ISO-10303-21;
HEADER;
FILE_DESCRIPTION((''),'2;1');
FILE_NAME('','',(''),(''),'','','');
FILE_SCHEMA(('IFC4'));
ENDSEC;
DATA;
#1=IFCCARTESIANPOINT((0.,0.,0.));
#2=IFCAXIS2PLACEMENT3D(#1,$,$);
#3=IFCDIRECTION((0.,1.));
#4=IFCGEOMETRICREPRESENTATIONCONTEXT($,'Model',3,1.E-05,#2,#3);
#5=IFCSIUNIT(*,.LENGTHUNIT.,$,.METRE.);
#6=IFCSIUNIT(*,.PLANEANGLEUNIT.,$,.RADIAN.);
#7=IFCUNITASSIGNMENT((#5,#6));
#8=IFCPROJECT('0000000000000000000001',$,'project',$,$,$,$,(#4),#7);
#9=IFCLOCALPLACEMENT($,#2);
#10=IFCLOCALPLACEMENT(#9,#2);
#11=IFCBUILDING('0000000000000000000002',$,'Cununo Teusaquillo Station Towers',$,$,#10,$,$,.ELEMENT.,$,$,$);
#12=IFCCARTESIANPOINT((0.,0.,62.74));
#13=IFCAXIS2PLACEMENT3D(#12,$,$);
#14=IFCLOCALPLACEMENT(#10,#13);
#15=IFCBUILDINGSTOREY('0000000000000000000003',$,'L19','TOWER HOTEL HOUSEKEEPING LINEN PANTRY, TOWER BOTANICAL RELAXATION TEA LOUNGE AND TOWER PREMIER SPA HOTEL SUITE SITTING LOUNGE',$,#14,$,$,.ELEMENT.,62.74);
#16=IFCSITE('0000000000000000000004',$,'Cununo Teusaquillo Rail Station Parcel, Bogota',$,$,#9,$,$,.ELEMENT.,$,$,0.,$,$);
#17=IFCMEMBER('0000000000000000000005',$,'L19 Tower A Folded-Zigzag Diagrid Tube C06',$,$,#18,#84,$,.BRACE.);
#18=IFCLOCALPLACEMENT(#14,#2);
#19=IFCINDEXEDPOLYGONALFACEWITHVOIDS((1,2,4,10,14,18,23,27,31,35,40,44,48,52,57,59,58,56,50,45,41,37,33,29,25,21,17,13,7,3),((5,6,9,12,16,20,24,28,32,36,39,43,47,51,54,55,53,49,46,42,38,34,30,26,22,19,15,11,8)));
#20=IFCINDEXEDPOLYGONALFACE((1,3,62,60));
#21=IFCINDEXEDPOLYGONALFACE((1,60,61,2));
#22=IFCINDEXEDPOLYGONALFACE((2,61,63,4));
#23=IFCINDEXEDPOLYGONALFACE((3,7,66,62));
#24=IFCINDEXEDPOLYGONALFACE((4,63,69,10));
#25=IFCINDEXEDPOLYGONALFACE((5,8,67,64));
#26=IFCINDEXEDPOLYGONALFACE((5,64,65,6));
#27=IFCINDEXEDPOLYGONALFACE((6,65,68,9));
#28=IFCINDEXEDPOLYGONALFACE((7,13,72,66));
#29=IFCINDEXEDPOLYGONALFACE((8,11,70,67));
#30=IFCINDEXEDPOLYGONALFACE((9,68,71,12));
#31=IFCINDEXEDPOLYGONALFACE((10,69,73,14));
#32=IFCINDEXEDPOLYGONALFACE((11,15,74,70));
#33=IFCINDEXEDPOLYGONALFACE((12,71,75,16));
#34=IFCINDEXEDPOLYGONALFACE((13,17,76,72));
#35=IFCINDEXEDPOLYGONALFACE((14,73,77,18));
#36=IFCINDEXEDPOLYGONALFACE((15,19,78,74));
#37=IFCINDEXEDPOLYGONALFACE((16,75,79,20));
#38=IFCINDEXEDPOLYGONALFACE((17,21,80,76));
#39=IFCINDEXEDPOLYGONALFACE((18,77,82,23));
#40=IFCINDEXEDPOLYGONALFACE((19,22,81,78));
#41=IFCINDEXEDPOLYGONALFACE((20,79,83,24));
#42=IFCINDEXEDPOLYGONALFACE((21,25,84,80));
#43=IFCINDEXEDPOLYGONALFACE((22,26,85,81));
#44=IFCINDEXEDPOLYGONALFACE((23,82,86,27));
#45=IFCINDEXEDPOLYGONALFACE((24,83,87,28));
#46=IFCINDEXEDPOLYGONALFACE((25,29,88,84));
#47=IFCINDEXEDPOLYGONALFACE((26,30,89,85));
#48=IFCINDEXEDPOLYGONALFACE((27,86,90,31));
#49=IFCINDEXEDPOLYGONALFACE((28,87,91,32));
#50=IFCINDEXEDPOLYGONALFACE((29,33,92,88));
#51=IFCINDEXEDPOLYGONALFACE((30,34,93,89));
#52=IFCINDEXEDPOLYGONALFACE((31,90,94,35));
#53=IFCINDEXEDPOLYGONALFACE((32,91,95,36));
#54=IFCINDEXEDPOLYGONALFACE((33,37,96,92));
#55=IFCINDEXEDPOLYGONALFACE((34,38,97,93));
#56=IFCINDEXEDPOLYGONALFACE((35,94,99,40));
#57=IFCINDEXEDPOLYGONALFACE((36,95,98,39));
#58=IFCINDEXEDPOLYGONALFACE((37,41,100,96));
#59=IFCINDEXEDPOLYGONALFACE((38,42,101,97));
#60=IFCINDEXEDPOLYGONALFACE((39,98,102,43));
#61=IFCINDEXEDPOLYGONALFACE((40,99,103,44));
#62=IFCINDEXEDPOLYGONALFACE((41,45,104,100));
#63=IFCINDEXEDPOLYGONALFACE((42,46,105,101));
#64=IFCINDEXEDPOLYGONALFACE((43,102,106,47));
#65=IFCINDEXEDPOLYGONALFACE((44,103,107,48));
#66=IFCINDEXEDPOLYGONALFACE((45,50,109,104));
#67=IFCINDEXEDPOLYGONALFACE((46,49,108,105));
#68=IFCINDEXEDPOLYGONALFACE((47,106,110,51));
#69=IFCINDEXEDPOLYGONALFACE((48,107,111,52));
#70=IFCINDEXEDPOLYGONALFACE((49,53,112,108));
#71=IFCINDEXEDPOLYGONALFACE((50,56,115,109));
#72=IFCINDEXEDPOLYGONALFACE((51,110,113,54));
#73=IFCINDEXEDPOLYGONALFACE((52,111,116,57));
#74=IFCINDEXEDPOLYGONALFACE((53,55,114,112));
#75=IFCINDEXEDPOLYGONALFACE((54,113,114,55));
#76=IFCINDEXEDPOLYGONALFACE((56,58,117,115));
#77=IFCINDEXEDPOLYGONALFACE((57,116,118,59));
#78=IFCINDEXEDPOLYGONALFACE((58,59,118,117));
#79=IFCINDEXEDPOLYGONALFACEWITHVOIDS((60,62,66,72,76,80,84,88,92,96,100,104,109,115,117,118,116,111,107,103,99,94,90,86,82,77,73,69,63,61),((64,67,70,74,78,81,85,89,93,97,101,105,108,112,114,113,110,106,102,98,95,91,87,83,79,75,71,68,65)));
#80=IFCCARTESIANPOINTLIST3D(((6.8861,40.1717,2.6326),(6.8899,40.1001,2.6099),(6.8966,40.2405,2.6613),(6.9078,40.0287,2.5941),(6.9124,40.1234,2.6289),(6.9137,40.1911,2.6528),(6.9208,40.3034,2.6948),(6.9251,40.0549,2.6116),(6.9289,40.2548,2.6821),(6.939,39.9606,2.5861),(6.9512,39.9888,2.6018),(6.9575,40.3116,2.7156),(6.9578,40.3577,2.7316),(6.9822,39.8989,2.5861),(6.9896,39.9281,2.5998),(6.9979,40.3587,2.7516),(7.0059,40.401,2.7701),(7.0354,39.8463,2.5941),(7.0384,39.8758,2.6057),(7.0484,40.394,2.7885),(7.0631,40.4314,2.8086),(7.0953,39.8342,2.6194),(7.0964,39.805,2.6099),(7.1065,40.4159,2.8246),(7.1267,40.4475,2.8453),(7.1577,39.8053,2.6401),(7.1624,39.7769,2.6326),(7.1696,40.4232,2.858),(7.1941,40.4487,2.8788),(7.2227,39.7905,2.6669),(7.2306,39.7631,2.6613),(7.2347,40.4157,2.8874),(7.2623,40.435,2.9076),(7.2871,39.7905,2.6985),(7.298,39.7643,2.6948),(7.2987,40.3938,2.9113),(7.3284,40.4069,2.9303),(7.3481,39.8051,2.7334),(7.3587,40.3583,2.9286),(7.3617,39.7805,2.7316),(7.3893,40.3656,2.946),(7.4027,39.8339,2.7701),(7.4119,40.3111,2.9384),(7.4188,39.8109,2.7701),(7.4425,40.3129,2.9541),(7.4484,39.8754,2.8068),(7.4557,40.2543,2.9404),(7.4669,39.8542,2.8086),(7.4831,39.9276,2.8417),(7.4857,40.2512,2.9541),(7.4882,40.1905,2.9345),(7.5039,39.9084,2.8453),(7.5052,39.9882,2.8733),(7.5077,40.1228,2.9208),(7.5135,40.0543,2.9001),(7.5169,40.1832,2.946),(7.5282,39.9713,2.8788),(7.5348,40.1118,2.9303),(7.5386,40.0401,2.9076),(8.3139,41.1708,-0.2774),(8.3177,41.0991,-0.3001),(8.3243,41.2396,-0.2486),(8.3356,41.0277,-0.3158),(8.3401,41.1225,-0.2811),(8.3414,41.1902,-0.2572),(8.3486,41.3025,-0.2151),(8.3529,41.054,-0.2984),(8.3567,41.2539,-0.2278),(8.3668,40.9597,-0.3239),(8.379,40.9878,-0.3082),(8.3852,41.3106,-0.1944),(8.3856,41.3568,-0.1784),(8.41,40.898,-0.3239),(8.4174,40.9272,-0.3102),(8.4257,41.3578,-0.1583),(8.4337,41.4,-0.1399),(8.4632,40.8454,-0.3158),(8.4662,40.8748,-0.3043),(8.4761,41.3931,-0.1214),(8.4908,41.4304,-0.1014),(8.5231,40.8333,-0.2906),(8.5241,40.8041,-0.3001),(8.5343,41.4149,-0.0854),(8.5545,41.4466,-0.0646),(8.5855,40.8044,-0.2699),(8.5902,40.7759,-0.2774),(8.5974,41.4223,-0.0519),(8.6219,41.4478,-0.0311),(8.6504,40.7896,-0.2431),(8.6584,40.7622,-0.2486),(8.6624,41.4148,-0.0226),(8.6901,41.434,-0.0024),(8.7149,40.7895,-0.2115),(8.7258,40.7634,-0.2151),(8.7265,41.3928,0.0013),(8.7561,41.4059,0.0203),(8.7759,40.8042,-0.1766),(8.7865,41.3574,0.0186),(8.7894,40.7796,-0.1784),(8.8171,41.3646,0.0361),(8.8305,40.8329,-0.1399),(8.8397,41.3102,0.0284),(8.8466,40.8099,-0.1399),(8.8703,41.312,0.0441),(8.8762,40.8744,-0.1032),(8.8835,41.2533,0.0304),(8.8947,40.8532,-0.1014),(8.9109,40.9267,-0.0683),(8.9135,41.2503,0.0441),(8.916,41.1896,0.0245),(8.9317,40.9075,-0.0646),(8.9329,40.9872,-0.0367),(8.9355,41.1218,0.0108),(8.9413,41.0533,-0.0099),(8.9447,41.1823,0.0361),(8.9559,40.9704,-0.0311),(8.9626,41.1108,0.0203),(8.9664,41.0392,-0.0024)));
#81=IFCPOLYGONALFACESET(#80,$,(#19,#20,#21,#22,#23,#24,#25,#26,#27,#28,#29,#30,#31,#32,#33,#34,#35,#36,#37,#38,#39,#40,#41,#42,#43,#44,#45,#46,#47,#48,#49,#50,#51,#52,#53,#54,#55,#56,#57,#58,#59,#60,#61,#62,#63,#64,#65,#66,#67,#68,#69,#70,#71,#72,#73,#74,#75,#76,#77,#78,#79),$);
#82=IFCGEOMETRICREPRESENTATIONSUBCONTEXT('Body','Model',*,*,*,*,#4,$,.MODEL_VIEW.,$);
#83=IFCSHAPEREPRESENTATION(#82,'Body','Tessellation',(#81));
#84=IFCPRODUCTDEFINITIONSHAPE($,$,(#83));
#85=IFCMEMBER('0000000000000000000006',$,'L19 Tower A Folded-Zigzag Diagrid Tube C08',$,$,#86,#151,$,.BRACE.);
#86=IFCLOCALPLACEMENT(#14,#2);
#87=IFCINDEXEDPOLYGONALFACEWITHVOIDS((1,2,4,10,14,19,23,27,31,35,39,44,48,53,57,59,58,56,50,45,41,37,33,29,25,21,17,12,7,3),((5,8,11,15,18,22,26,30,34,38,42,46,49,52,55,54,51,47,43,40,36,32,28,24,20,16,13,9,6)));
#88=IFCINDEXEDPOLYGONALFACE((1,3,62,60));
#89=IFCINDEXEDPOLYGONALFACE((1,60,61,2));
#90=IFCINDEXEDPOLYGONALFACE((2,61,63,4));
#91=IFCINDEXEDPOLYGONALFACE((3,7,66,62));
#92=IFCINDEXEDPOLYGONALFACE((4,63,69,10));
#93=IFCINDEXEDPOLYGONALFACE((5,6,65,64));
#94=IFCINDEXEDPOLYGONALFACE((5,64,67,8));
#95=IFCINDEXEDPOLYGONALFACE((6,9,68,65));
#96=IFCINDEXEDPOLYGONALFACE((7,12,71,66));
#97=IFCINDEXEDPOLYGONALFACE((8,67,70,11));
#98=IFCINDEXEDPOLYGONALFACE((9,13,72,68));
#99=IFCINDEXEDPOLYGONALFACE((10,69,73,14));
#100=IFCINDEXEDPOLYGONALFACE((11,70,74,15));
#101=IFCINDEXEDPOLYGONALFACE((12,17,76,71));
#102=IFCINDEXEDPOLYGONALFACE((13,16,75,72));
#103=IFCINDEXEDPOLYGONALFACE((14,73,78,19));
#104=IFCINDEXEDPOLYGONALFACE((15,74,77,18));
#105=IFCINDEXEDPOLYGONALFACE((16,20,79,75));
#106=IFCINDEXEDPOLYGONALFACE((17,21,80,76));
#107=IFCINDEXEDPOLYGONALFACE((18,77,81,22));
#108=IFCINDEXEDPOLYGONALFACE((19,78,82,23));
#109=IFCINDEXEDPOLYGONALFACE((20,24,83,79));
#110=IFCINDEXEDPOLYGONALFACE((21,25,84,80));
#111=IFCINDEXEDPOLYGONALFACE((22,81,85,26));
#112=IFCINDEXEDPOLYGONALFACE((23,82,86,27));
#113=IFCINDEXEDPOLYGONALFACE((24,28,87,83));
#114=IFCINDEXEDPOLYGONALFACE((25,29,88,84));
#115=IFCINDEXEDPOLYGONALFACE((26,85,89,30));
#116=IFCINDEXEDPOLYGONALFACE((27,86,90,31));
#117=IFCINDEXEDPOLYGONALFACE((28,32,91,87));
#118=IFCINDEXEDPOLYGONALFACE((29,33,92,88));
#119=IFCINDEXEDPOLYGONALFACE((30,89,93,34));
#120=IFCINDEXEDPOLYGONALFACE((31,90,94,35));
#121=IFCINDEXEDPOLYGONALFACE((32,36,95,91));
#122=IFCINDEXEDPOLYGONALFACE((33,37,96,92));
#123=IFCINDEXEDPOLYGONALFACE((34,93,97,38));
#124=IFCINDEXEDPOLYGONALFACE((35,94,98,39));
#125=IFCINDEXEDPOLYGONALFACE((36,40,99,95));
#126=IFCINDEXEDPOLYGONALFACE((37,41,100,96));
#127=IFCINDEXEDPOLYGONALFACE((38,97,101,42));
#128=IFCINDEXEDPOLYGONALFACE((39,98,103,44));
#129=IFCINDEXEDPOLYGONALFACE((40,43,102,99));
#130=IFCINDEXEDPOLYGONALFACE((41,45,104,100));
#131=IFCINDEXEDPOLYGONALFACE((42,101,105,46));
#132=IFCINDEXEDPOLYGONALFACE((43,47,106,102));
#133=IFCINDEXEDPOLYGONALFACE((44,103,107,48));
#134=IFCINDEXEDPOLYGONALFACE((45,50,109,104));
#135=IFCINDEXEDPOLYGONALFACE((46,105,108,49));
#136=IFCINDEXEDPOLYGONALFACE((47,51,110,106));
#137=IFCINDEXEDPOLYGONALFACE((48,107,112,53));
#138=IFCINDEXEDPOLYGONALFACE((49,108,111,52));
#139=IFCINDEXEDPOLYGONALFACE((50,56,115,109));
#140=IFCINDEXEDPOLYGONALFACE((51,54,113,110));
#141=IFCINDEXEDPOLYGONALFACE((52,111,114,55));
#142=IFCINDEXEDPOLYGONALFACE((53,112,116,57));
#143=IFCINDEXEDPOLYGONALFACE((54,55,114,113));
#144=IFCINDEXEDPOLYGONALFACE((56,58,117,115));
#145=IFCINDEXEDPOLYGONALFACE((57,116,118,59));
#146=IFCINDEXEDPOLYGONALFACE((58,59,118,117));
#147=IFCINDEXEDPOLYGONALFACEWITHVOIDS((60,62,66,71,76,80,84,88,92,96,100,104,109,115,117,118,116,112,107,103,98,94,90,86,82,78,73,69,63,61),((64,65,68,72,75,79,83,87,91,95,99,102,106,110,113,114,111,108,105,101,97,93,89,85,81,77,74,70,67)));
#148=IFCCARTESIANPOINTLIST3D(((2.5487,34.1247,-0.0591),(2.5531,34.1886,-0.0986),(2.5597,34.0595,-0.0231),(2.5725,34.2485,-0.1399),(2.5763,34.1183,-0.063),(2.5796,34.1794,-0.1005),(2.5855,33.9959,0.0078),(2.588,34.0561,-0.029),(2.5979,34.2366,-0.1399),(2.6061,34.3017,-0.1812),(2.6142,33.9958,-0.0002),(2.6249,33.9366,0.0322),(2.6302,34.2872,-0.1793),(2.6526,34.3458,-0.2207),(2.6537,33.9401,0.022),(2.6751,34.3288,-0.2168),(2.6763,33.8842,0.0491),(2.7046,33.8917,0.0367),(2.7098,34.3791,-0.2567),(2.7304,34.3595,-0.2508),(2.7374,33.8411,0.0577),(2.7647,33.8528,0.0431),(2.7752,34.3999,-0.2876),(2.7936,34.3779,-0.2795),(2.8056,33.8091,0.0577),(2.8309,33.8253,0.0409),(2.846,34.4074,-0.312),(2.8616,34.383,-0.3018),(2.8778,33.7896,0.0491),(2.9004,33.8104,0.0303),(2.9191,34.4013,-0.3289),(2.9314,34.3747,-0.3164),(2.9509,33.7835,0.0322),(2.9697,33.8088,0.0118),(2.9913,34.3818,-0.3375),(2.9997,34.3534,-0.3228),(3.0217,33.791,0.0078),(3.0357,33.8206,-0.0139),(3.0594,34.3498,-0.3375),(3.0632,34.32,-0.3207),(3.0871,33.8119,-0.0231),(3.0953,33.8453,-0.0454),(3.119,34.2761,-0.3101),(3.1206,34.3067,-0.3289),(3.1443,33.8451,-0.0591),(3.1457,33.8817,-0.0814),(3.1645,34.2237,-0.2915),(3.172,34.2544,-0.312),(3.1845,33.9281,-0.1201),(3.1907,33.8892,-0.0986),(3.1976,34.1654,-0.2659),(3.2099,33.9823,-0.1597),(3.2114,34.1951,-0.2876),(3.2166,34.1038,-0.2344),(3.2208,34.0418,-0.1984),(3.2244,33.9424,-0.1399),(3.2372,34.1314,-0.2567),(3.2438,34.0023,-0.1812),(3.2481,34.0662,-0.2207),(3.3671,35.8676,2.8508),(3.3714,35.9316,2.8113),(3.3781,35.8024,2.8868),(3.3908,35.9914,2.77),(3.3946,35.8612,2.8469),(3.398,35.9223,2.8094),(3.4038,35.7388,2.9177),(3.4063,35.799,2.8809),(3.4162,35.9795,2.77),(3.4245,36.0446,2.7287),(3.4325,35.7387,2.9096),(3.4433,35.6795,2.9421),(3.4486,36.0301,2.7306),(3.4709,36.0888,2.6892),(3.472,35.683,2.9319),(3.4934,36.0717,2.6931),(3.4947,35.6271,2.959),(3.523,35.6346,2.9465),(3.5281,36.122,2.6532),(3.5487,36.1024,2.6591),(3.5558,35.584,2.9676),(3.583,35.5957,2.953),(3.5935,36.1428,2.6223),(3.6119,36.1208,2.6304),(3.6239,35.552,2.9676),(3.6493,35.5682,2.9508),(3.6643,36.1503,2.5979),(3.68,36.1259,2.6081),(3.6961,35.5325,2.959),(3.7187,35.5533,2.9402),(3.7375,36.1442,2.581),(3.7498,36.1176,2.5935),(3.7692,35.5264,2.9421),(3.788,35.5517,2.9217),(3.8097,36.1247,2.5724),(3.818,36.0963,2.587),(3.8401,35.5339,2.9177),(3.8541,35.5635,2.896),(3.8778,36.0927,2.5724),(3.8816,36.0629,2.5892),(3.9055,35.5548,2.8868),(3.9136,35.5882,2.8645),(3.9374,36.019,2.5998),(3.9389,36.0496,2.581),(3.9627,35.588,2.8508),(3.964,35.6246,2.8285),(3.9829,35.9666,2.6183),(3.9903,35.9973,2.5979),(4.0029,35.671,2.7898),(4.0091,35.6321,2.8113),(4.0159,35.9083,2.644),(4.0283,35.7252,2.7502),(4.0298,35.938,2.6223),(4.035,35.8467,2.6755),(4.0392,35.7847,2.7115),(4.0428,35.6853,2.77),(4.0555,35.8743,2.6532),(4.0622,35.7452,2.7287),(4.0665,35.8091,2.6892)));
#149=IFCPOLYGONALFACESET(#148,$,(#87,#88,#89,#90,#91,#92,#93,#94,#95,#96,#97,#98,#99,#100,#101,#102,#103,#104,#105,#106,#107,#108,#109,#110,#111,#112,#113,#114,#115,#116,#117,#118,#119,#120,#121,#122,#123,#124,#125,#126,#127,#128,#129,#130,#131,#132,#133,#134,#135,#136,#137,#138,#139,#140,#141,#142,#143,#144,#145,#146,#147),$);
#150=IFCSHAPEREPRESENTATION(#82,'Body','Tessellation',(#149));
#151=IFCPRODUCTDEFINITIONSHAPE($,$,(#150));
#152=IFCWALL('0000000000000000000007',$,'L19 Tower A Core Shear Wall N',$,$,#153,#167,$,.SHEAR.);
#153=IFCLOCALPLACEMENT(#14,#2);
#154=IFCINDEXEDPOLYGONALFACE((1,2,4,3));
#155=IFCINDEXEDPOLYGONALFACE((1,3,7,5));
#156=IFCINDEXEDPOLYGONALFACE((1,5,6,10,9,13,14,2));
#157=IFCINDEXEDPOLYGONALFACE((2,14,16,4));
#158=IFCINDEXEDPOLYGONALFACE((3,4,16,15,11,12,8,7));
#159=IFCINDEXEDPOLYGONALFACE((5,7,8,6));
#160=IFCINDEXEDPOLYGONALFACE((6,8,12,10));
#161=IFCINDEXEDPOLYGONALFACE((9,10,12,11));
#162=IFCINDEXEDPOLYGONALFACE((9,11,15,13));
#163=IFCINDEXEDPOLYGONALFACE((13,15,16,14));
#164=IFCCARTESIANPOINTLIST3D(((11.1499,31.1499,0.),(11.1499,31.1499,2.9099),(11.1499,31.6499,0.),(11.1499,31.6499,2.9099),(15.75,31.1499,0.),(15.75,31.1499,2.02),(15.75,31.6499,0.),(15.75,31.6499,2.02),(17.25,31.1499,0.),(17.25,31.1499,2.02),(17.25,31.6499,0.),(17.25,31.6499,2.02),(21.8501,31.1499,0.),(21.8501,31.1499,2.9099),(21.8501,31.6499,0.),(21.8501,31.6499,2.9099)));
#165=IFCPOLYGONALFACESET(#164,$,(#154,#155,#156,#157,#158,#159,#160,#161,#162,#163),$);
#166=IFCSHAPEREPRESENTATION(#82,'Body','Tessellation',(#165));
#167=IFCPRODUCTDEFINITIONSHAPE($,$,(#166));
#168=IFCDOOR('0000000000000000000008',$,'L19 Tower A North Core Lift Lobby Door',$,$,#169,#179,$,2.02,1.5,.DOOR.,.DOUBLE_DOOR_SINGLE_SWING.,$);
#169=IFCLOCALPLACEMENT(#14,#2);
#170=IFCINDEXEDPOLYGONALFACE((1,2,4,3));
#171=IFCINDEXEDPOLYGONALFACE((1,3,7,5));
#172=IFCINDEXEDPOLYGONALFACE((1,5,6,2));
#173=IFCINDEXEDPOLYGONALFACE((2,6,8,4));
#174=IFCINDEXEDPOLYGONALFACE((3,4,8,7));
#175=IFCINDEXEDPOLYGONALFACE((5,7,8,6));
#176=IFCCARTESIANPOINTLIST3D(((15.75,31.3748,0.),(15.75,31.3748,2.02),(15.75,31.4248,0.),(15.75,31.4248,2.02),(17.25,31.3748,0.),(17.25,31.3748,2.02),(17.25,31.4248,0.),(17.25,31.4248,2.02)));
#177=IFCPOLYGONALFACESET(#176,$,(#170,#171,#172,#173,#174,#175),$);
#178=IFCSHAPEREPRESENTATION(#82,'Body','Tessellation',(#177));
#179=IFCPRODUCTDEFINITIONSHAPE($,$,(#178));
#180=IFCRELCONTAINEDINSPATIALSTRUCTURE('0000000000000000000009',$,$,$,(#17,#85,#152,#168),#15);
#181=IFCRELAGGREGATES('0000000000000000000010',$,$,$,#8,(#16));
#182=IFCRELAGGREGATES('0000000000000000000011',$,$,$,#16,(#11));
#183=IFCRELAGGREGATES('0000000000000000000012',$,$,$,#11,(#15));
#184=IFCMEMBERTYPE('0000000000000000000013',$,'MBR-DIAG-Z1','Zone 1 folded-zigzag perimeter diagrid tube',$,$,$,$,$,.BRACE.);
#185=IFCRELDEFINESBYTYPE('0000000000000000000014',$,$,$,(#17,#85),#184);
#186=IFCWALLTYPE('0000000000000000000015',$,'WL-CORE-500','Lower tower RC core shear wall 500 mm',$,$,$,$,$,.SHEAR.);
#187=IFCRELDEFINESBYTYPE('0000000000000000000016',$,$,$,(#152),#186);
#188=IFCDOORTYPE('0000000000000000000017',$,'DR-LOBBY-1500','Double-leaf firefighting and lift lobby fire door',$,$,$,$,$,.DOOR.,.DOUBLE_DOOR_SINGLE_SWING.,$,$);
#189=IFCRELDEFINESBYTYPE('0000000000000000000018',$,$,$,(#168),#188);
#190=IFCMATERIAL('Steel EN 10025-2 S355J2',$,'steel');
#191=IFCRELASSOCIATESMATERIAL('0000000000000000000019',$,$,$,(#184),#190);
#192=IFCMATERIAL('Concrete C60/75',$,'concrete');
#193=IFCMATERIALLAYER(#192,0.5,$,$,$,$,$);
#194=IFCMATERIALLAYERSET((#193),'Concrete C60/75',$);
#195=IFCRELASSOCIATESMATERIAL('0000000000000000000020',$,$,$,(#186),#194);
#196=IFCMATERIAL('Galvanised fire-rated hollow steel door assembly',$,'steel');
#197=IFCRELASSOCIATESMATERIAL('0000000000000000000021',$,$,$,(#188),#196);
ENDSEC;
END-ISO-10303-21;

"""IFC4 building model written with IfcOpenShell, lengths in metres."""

from ifc_helpers import new_model, si_unit, direction, frame, frame_2d, origin, origin_2d, place, context, subcontext, project, spatial, rectangle, hollow_circle, extrude, source, transform, mapped, material, layer, layer_set, material_profile, profile_set, type_object, element, fill, save


model = new_model("IFC4")

# Units and contexts
model_context = context("Model", 3, precision=1e-05, world=origin(), true_north=direction((0.0, 1.0)))
body_context = subcontext(model_context, "Body", "Model", "MODEL_VIEW")
ifc_project = project(units=[si_unit("LENGTHUNIT", "METRE"), si_unit("PLANEANGLEUNIT", "RADIAN")], contexts=[model_context])

# Site, building, storey
site_placement = place(None, origin())
site = spatial("IfcSite", under=ifc_project, at=site_placement, Name="Cununo Teusaquillo Rail Station Parcel, Bogota", CompositionType="ELEMENT", RefElevation=0.0)
building_placement = place(site_placement, origin())
building = spatial("IfcBuilding", under=site, at=building_placement, Name="Cununo Teusaquillo Station Towers", CompositionType="ELEMENT")
storey_placement = place(building_placement, frame((0.0, 0.0, 62.74)))
storey = spatial("IfcBuildingStorey", under=building, at=storey_placement, Name="L19", Description="TOWER HOTEL HOUSEKEEPING LINEN PANTRY, TOWER BOTANICAL RELAXATION TEA LOUNGE AND TOWER PREMIER SPA HOTEL SUITE SITTING LOUNGE", CompositionType="ELEMENT", Elevation=62.74)

# Members
ifc_material_1 = material(Name="Steel EN 10025-2 S355J2", Category="steel")
ifc_material_profile_1 = material_profile(ifc_material_1, hollow_circle(Radius=0.3601, WallThickness=0.0281, at=origin_2d()), Name="CHS 720x28")
ifc_profile_set_1 = profile_set([ifc_material_profile_1], Name="Steel EN 10025-2 S355J2")
member_type = type_object("IfcMemberType", Name="MBR-DIAG-Z1", Description="Zone 1 folded-zigzag perimeter diagrid tube", PredefinedType="BRACE", material=ifc_profile_set_1)
member_1_placement = place(storey_placement, frame((8.6401, 41.105, -0.1399), z_axis=(-0.420942, -0.294544, 0.857935), x_axis=(0.573312, -0.819337, 0.0)))
element("IfcMember", 1, at=member_1_placement, inside=storey, type_object=member_type, Name="L19 Tower A Folded-Zigzag Diagrid Tube C06", PredefinedType="BRACE", context=body_context, shape_type="SweptSolid", body=[
    extrude(hollow_circle(Radius=0.3601, WallThickness=0.0281, at=origin_2d()), origin(), (0.0, 0.0, 1.0), 3.3918),
])
member_2_placement = place(storey_placement, frame((2.8984, 34.0955, -0.1399), z_axis=(0.234535, 0.499507, 0.833958), x_axis=(-0.905186, 0.425015, 0.0)))
element("IfcMember", 2, at=member_2_placement, inside=storey, type_object=member_type, Name="L19 Tower A Folded-Zigzag Diagrid Tube C08", PredefinedType="BRACE", context=body_context, shape_type="SweptSolid", body=[
    extrude(hollow_circle(Radius=0.3601, WallThickness=0.0281, at=origin_2d()), origin(), (0.0, 0.0, 1.0), 3.4893),
])

# Wall, opening, door
ifc_material_2 = material(Name="Concrete C60/75", Category="concrete")
ifc_layer_1 = layer(ifc_material_2, 0.5)
ifc_layer_set_1 = layer_set([ifc_layer_1], Name="Concrete C60/75")
wall_type_1 = type_object("IfcWallType", Name="WL-CORE-500", Description="Lower tower RC core shear wall 500 mm", PredefinedType="SHEAR", material=ifc_layer_set_1)
wall_1_placement = place(storey_placement, frame((11.1499, 31.3999, 0.0), z_axis=(0.0, 0.0, 1.0), x_axis=(1.0, 0.0, 0.0)))
wall_1 = element("IfcWall", 3, at=wall_1_placement, inside=storey, type_object=wall_type_1, Name="L19 Tower A Core Shear Wall N", PredefinedType="SHEAR", context=body_context, shape_type="SweptSolid", body=[
    extrude(rectangle(XDim=10.7002, YDim=0.5, at=frame_2d((5.3501, 0.0))), origin(), (0.0, 0.0, 1.0), 2.9099),
])
shared_shape_1 = source(origin(), body_context, "Body", "SweptSolid", [
    extrude(rectangle(XDim=1.5, YDim=2.02, at=frame_2d((0.75, 1.01))), frame((0.0, 0.26, 0.0), z_axis=(0.0, -1.0, 0.0), x_axis=(1.0, 0.0, 0.0)), (0.0, 0.0, 1.0), 0.52),
])
opening_1_placement = place(wall_1_placement, frame((4.6001, 0.0, 0.0)))
opening_1 = element("IfcOpeningElement", 4, at=opening_1_placement, cuts=wall_1, PredefinedType="OPENING", context=body_context, shape_type="MappedRepresentation", body=[
    mapped(shared_shape_1, transform((0.0, 0.0, 0.0), x_axis=(1.0, 0.0, 0.0), y_axis=(0.0, 1.0, 0.0), z_axis=(0.0, 0.0, 1.0), scale=1.0)),
])
ifc_material_3 = material(Name="Galvanised fire-rated hollow steel door assembly", Category="steel")
door_type_1 = type_object("IfcDoorType", Name="DR-LOBBY-1500", Description="Double-leaf firefighting and lift lobby fire door", OperationType="DOUBLE_DOOR_SINGLE_SWING", PredefinedType="DOOR", material=ifc_material_3)
shared_shape_2 = source(origin(), body_context, "Body", "SweptSolid", [
    extrude(rectangle(XDim=1.5, YDim=2.02, at=frame_2d((0.75, 1.01))), frame((0.0, 0.0249, 0.0), z_axis=(0.0, -1.0, 0.0), x_axis=(1.0, 0.0, 0.0)), (0.0, 0.0, 1.0), 0.05),
])
door_1_placement = place(opening_1_placement, origin())
door_1 = element("IfcDoor", 5, at=door_1_placement, inside=storey, type_object=door_type_1, Name="L19 Tower A North Core Lift Lobby Door", OperationType="DOUBLE_DOOR_SINGLE_SWING", OverallHeight=2.02, OverallWidth=1.5, PredefinedType="DOOR", context=body_context, shape_type="MappedRepresentation", body=[
    mapped(shared_shape_2, transform((0.0, 0.0, 0.0), x_axis=(1.0, 0.0, 0.0), y_axis=(0.0, 1.0, 0.0), z_axis=(0.0, 0.0, 1.0), scale=1.0)),
])
fill(opening_1, door_1)

save(model, "model.ifc")
